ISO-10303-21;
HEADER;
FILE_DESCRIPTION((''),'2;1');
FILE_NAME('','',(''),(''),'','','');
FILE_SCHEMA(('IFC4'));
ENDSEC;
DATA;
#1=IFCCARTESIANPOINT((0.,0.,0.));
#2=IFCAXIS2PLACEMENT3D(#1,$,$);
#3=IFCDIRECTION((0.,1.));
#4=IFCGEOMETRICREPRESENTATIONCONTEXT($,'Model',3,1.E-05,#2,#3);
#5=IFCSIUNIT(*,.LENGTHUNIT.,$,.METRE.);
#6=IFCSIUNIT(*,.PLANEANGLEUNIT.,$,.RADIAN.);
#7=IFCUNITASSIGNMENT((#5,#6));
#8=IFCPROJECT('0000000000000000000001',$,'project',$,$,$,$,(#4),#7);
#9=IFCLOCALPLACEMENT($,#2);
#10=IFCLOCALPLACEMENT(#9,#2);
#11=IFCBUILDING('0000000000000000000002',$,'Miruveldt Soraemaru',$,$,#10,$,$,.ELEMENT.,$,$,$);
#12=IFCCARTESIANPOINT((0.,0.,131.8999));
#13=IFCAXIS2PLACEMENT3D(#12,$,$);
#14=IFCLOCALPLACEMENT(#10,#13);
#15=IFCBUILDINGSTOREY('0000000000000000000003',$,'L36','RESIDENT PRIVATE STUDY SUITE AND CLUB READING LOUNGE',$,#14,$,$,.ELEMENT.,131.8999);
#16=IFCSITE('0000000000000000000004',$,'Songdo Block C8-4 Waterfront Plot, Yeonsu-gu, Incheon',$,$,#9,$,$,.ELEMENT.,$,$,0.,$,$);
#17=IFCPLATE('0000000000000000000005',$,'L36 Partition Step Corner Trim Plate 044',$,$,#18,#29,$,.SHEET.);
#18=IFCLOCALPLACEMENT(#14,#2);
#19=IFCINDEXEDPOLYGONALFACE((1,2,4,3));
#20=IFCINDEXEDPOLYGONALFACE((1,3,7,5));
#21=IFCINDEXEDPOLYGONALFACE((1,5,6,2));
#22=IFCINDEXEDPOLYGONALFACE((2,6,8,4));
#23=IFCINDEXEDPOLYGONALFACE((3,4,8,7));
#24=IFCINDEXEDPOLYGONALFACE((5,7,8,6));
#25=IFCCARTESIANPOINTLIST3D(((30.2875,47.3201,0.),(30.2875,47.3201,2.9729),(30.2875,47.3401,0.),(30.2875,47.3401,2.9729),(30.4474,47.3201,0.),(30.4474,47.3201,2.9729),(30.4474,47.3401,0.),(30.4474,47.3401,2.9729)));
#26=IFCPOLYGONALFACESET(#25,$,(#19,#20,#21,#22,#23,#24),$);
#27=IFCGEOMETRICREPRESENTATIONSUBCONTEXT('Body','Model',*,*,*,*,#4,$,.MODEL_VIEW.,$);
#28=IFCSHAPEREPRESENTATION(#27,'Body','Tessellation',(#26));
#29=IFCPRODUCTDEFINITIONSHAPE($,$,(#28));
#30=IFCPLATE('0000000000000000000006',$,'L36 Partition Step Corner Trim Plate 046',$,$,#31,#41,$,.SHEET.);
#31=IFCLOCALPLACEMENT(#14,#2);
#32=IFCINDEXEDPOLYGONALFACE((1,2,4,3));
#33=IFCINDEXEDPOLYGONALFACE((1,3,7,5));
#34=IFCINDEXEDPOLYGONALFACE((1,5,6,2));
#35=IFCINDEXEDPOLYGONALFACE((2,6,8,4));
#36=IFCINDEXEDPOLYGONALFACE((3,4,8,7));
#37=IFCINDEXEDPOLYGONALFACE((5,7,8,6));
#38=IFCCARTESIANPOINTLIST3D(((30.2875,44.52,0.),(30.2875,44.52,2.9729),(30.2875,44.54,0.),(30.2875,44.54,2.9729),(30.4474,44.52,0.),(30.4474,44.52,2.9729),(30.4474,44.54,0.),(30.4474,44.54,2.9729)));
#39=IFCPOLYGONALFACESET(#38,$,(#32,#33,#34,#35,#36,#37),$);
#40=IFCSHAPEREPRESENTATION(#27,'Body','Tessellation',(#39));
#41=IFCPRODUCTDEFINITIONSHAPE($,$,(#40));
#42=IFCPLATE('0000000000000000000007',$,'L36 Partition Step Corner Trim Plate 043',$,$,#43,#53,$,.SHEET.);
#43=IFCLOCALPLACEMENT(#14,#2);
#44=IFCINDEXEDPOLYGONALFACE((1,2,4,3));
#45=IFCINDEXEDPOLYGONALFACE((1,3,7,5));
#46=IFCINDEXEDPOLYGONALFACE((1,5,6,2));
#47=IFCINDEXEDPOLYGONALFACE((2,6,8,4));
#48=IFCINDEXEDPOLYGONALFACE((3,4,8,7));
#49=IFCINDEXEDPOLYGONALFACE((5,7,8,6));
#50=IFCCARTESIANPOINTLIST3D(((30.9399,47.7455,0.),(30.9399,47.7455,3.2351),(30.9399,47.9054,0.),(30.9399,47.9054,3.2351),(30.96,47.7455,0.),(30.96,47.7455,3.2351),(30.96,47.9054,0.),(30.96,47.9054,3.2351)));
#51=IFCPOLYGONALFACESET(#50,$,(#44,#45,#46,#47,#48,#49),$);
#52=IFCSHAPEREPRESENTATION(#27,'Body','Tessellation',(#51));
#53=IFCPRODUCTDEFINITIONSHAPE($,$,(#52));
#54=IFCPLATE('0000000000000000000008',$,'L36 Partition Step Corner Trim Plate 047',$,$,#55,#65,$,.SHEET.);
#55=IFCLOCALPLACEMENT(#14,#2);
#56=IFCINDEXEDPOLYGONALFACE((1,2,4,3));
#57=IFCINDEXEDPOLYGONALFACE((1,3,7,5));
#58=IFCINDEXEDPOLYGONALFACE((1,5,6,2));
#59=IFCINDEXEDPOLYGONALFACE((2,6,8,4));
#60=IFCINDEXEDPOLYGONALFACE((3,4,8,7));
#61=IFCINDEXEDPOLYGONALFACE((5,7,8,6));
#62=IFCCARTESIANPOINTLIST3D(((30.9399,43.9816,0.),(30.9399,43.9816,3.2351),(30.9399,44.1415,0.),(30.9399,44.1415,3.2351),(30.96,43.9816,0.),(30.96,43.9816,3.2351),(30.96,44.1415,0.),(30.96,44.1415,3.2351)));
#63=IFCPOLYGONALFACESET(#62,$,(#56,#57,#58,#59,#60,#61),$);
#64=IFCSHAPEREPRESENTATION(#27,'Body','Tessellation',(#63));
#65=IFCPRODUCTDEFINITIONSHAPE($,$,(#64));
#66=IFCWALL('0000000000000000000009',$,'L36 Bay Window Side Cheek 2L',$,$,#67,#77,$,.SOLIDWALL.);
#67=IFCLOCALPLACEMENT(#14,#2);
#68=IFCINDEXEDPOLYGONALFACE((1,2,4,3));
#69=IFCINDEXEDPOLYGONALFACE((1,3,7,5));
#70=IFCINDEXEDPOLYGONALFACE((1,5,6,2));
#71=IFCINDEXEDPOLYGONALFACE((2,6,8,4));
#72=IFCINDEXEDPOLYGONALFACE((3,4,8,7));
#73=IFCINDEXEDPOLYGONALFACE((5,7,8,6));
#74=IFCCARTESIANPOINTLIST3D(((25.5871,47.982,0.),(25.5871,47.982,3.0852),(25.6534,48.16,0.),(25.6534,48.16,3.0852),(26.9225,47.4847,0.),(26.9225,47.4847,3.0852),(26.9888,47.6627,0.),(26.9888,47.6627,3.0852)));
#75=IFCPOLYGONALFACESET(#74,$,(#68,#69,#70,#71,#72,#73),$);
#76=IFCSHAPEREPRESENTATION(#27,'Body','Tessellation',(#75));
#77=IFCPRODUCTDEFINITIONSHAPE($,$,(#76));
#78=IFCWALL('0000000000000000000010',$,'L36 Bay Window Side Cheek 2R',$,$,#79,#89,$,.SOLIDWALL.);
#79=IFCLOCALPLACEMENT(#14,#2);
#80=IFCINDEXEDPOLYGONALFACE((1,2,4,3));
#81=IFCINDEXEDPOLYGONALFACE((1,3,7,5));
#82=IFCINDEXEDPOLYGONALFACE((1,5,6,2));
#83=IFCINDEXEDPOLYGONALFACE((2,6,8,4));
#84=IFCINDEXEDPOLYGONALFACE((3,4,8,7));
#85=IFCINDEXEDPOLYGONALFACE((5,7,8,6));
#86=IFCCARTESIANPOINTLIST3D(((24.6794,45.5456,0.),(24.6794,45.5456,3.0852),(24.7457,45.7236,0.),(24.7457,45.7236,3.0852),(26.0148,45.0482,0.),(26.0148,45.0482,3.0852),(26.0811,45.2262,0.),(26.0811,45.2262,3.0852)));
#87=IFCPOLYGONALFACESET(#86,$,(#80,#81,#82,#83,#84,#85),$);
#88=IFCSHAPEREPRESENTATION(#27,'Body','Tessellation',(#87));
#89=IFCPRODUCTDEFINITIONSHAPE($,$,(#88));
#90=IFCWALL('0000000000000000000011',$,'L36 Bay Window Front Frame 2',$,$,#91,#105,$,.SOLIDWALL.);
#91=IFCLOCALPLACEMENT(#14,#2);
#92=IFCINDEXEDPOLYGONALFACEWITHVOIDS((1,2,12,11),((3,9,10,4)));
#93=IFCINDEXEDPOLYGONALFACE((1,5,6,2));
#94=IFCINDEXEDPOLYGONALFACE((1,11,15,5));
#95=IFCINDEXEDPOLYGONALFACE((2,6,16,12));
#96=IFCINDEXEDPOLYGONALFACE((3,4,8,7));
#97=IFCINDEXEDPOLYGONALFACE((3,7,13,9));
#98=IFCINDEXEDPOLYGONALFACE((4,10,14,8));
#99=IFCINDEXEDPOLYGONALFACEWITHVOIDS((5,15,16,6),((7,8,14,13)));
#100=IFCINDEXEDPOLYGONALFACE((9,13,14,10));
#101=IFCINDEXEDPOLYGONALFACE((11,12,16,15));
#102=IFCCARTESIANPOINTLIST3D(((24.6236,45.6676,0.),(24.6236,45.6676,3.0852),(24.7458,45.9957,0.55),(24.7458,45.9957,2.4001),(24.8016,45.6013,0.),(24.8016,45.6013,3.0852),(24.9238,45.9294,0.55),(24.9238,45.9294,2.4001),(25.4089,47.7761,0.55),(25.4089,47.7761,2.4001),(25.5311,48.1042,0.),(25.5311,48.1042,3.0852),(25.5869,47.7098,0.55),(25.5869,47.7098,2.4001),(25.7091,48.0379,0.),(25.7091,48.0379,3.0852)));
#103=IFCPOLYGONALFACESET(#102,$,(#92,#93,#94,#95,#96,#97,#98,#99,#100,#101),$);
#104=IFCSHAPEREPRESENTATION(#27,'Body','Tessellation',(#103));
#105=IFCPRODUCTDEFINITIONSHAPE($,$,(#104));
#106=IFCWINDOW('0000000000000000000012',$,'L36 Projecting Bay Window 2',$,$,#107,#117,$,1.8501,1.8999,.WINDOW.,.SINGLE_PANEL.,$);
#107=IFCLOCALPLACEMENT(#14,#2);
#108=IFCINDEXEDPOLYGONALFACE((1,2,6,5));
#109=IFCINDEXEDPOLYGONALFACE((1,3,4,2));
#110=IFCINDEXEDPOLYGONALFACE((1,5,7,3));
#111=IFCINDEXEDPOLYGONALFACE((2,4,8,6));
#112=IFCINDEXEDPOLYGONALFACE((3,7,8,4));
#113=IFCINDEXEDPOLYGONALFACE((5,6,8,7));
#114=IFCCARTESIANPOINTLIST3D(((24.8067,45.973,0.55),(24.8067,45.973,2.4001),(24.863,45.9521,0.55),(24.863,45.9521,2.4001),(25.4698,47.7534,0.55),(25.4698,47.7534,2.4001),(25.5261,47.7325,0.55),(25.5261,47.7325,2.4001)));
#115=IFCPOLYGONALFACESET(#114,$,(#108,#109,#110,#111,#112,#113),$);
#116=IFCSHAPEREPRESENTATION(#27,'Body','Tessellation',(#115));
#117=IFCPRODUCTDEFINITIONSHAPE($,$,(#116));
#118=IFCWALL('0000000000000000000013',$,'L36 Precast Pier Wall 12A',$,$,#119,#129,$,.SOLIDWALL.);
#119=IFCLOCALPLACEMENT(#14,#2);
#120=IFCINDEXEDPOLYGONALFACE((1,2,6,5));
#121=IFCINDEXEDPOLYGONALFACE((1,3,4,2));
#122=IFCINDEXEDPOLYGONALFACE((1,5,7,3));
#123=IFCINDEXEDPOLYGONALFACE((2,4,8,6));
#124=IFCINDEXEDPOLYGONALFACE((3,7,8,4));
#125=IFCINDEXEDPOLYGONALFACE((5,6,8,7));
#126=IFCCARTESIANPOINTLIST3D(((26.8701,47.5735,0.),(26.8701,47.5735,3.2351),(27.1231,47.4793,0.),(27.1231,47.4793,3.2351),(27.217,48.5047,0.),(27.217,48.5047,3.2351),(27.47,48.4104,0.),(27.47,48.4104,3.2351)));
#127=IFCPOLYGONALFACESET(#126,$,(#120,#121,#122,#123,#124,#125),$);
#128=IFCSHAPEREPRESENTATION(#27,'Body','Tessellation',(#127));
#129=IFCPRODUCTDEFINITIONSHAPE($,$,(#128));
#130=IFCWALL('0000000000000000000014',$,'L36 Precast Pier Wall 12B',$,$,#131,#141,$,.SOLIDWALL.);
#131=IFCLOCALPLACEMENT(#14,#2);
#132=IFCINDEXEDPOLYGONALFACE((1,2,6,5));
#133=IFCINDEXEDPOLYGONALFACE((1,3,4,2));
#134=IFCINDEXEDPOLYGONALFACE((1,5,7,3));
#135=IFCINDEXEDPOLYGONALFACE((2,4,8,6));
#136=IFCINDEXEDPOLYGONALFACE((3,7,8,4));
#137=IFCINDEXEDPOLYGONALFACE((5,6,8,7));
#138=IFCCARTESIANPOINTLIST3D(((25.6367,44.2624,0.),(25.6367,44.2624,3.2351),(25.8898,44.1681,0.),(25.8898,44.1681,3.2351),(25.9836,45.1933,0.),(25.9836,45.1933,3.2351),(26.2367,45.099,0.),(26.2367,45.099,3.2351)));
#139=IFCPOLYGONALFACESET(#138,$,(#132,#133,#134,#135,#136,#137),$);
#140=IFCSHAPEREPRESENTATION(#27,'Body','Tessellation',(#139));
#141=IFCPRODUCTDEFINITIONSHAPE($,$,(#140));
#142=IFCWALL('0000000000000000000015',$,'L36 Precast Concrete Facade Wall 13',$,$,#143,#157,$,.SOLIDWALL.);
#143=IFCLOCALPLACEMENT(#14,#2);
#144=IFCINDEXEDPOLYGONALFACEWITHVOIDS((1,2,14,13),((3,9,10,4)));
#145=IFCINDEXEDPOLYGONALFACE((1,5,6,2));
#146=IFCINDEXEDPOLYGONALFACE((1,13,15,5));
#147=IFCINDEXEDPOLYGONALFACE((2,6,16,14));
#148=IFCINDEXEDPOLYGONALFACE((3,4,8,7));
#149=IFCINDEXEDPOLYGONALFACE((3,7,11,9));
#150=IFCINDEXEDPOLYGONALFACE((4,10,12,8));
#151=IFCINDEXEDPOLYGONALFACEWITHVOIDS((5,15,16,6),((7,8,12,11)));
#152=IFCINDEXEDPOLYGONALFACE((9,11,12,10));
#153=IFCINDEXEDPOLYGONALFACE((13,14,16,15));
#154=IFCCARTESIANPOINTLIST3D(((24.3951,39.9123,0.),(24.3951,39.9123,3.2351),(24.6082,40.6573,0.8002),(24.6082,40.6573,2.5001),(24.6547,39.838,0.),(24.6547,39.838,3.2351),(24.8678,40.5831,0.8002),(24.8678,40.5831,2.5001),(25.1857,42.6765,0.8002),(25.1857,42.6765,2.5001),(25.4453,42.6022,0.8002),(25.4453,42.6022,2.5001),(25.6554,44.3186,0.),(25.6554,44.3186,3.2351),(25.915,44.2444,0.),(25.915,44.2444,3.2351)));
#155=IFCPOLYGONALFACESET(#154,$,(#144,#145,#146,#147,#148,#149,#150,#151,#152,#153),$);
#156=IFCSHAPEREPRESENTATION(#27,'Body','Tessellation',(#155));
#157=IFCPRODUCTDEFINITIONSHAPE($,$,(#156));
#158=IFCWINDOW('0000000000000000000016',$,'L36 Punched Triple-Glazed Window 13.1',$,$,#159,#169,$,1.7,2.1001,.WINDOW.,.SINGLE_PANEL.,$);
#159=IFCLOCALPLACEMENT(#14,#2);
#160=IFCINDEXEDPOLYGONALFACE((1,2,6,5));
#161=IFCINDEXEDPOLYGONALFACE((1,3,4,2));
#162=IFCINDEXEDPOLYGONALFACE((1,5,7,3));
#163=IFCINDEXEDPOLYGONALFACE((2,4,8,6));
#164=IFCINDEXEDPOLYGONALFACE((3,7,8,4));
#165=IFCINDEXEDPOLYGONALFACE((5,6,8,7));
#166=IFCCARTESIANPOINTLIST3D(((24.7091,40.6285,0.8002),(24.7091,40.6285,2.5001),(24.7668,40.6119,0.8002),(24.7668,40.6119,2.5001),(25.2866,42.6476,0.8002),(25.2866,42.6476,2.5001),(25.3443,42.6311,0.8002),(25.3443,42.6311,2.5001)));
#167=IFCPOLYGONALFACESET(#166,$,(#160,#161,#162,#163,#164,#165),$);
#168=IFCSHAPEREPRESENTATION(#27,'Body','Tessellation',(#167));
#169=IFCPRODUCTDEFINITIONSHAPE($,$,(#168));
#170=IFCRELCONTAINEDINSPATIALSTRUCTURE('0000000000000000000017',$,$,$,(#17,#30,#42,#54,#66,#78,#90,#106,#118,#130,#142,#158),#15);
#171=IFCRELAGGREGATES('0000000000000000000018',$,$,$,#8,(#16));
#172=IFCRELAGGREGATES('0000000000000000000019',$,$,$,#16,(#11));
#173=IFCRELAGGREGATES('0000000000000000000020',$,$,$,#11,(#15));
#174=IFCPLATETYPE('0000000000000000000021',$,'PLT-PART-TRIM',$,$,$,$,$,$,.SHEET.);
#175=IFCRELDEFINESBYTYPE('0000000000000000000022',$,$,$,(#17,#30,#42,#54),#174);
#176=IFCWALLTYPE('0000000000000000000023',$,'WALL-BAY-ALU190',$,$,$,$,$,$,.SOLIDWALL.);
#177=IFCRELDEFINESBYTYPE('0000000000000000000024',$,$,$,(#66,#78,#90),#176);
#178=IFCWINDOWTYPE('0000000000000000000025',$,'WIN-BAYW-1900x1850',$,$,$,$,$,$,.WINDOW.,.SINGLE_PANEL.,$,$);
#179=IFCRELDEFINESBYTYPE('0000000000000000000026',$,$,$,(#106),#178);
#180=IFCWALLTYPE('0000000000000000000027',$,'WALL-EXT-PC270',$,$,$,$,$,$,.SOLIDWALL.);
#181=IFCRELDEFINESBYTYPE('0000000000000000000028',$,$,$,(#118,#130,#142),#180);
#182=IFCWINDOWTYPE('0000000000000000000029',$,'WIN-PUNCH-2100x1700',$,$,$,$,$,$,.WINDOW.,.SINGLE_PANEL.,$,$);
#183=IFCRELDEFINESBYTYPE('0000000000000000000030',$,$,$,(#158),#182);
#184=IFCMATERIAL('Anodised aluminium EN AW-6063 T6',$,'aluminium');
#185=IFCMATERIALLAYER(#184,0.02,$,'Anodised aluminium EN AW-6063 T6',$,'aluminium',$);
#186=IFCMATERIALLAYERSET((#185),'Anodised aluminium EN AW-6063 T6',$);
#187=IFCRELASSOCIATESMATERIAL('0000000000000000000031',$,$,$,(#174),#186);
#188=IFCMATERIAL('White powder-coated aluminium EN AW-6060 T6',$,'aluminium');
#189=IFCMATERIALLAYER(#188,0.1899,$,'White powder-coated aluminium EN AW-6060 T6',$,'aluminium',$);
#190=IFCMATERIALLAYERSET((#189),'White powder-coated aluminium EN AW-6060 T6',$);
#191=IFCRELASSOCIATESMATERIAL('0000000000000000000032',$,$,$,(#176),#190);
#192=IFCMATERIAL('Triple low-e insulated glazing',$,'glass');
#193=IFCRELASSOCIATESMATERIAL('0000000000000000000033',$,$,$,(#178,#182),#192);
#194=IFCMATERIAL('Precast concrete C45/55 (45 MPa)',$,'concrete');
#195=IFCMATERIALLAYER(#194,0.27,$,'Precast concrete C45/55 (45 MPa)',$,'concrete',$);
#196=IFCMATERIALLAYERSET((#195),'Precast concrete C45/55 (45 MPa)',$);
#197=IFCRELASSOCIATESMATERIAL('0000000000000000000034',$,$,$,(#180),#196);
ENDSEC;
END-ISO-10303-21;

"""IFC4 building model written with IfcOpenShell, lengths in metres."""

from ifc_helpers import new_model, si_unit, direction, frame, frame_2d, origin, origin_2d, place, context, subcontext, project, spatial, rectangle, extrude, material, layer, layer_set, type_object, element, fill, save


model = new_model("IFC4")

# Units and contexts
model_context = context("Model", 3, precision=1e-05, world=origin(), true_north=direction((0.0, 1.0)))
body_context = subcontext(model_context, "Body", "Model", "MODEL_VIEW")
ifc_project = project(units=[si_unit("LENGTHUNIT", "METRE"), si_unit("PLANEANGLEUNIT", "RADIAN")], contexts=[model_context])

# Site, building, storey
site_placement = place(None, origin())
site = spatial("IfcSite", under=ifc_project, at=site_placement, Name="Songdo Block C8-4 Waterfront Plot, Yeonsu-gu, Incheon", CompositionType="ELEMENT", RefElevation=0.0)
building_placement = place(site_placement, origin())
building = spatial("IfcBuilding", under=site, at=building_placement, Name="Miruveldt Soraemaru", CompositionType="ELEMENT")
storey_placement = place(building_placement, frame((0.0, 0.0, 131.8999)))
storey = spatial("IfcBuildingStorey", under=building, at=storey_placement, Name="L36", Description="RESIDENT PRIVATE STUDY SUITE AND CLUB READING LOUNGE", CompositionType="ELEMENT", Elevation=131.8999)

# Plates
ifc_material_1 = material(Name="Anodised aluminium EN AW-6063 T6", Category="aluminium")
ifc_layer_1 = layer(ifc_material_1, 0.02, Name="Anodised aluminium EN AW-6063 T6", Category="aluminium")
ifc_layer_set_1 = layer_set([ifc_layer_1], Name="Anodised aluminium EN AW-6063 T6")
plate_type = type_object("IfcPlateType", Name="PLT-PART-TRIM", PredefinedType="SHEET", material=ifc_layer_set_1)
for number, where, z_axis, x_axis, name in (
    (1, (30.3674, 47.3301, 0.0), (0.0, 0.0, 1.0), (-1.0, 0.0, 0.0), "L36 Partition Step Corner Trim Plate 044"),
    (2, (30.3674, 44.53, 0.0), (0.0, 0.0, 1.0), (1.0, 0.0, 0.0), "L36 Partition Step Corner Trim Plate 046"),
):
    element("IfcPlate", number, at=place(storey_placement, frame(where, z_axis=z_axis, x_axis=x_axis)), inside=storey, type_object=plate_type, Name=name, PredefinedType="SHEET", context=body_context, shape_type="SweptSolid", body=[
        extrude(rectangle(XDim=0.1599, YDim=0.02, at=origin_2d()), origin(), (0.0, 0.0, 1.0), 2.9729),
    ])
for number, where, z_axis, x_axis, name in (
    (3, (30.95, 47.8254, 0.0), (0.0, 0.0, 1.0), (0.0, -1.0, 0.0), "L36 Partition Step Corner Trim Plate 043"),
    (4, (30.95, 44.0615, 0.0), (0.0, 0.0, 1.0), (0.0, -1.0, 0.0), "L36 Partition Step Corner Trim Plate 047"),
):
    element("IfcPlate", number, at=place(storey_placement, frame(where, z_axis=z_axis, x_axis=x_axis)), inside=storey, type_object=plate_type, Name=name, PredefinedType="SHEET", context=body_context, shape_type="SweptSolid", body=[
        extrude(rectangle(XDim=0.1599, YDim=0.02, at=origin_2d()), origin(), (0.0, 0.0, 1.0), 3.2351),
    ])

# Walls
ifc_material_2 = material(Name="White powder-coated aluminium EN AW-6060 T6", Category="aluminium")
ifc_layer_2 = layer(ifc_material_2, 0.1899, Name="White powder-coated aluminium EN AW-6060 T6", Category="aluminium")
ifc_layer_set_2 = layer_set([ifc_layer_2], Name="White powder-coated aluminium EN AW-6060 T6")
wall_type_1 = type_object("IfcWallType", Name="WALL-BAY-ALU190", PredefinedType="SOLIDWALL", material=ifc_layer_set_2)
for number, where, z_axis, x_axis, name in (
    (5, (26.9556, 47.5737, 0.0), (0.0, 0.0, 1.0), (-0.937129, 0.348982, 0.0), "L36 Bay Window Side Cheek 2L"),
    (6, (24.7126, 45.6345, 0.0), (0.0, 0.0, 1.0), (0.937129, -0.348982, 0.0), "L36 Bay Window Side Cheek 2R"),
):
    element("IfcWall", number, at=place(storey_placement, frame(where, z_axis=z_axis, x_axis=x_axis)), inside=storey, type_object=wall_type_1, Name=name, PredefinedType="SOLIDWALL", context=body_context, shape_type="SweptSolid", body=[
        extrude(rectangle(XDim=1.425, YDim=0.1899, at=frame_2d((0.7124, 0.0))), origin(), (0.0, 0.0, 1.0), 3.0852),
    ])

# Wall, opening, window
wall_1_placement = place(storey_placement, frame((25.6201, 48.071, 0.0), z_axis=(0.0, 0.0, 1.0), x_axis=(-0.349023, -0.937114, 0.0)))
wall_1 = element("IfcWall", 7, at=wall_1_placement, inside=storey, type_object=wall_type_1, Name="L36 Bay Window Front Frame 2", PredefinedType="SOLIDWALL", context=body_context, shape_type="SweptSolid", body=[
    extrude(rectangle(XDim=2.6001, YDim=0.1899, at=frame_2d((1.3, 0.0))), origin(), (0.0, 0.0, 1.0), 3.0852),
])
opening_1_placement = place(wall_1_placement, frame((0.3501, 0.0, 0.55)))
opening_1 = element("IfcOpeningElement", 8, at=opening_1_placement, cuts=wall_1, PredefinedType="OPENING", context=body_context, shape_type="SweptSolid", body=[
    extrude(rectangle(XDim=1.8999, YDim=1.8501, at=frame_2d((0.95, 0.925))), frame((0.0, 0.105, 0.0), z_axis=(0.0, -1.0, 0.0), x_axis=(1.0, 0.0, 0.0)), (0.0, 0.0, 1.0), 0.21),
])
ifc_material_3 = material(Name="Triple low-e insulated glazing", Category="glass")
window_type_1 = type_object("IfcWindowType", Name="WIN-BAYW-1900x1850", PartitioningType="SINGLE_PANEL", PredefinedType="WINDOW", material=ifc_material_3)
window_1_placement = place(opening_1_placement, origin())
window_1 = element("IfcWindow", 9, at=window_1_placement, inside=storey, type_object=window_type_1, Name="L36 Projecting Bay Window 2", OverallHeight=1.8501, OverallWidth=1.8999, PartitioningType="SINGLE_PANEL", PredefinedType="WINDOW", context=body_context, shape_type="SweptSolid", body=[
    extrude(rectangle(XDim=1.8999, YDim=1.8501, at=frame_2d((0.95, 0.925))), frame((0.0, 0.03, 0.0), z_axis=(0.0, -1.0, 0.0), x_axis=(1.0, 0.0, 0.0)), (0.0, 0.0, 1.0), 0.0601),
])
fill(opening_1, window_1)

# Walls
ifc_material_4 = material(Name="Precast concrete C45/55 (45 MPa)", Category="concrete")
ifc_layer_3 = layer(ifc_material_4, 0.27, Name="Precast concrete C45/55 (45 MPa)", Category="concrete")
ifc_layer_set_3 = layer_set([ifc_layer_3], Name="Precast concrete C45/55 (45 MPa)")
wall_type_2 = type_object("IfcWallType", Name="WALL-EXT-PC270", PredefinedType="SOLIDWALL", material=ifc_layer_set_3)
wall_2_placement = place(storey_placement, frame((27.3435, 48.4575, 0.0), z_axis=(0.0, 0.0, 1.0), x_axis=(-0.34913, -0.937074, 0.0)))
element("IfcWall", 10, at=wall_2_placement, inside=storey, type_object=wall_type_2, Name="L36 Precast Pier Wall 12A", PredefinedType="SOLIDWALL", context=body_context, shape_type="SweptSolid", body=[
    extrude(rectangle(XDim=0.9937, YDim=0.27, at=frame_2d((0.4968, 0.0))), origin(), (0.0, 0.0, 1.0), 3.2351),
])
wall_3_placement = place(storey_placement, frame((26.1101, 45.146, 0.0), z_axis=(0.0, 0.0, 1.0), x_axis=(-0.349211, -0.937044, 0.0)))
element("IfcWall", 11, at=wall_3_placement, inside=storey, type_object=wall_type_2, Name="L36 Precast Pier Wall 12B", PredefinedType="SOLIDWALL", context=body_context, shape_type="SweptSolid", body=[
    extrude(rectangle(XDim=0.9934, YDim=0.27, at=frame_2d((0.4966, 0.0))), origin(), (0.0, 0.0, 1.0), 3.2351),
])

# Wall, opening, window
wall_4_placement = place(storey_placement, frame((25.7852, 44.2815, 0.0), z_axis=(0.0, 0.0, 1.0), x_axis=(-0.274988, -0.961448, 0.0)))
wall_4 = element("IfcWall", 12, at=wall_4_placement, inside=storey, type_object=wall_type_2, Name="L36 Precast Concrete Facade Wall 13", PredefinedType="SOLIDWALL", context=body_context, shape_type="SweptSolid", body=[
    extrude(rectangle(XDim=4.583, YDim=0.27, at=frame_2d((2.2915, 0.0))), origin(), (0.0, 0.0, 1.0), 3.2351),
])
opening_2_placement = place(wall_4_placement, frame((1.708, 0.0, 0.8)))
opening_2 = element("IfcOpeningElement", 13, at=opening_2_placement, cuts=wall_4, PredefinedType="OPENING", context=body_context, shape_type="SweptSolid", body=[
    extrude(rectangle(XDim=2.1001, YDim=1.7, at=frame_2d((1.05, 0.8501))), frame((0.0, 0.145, 0.0), z_axis=(0.0, -1.0, 0.0), x_axis=(1.0, 0.0, 0.0)), (0.0, 0.0, 1.0), 0.29),
])
window_type_2 = type_object("IfcWindowType", Name="WIN-PUNCH-2100x1700", PartitioningType="SINGLE_PANEL", PredefinedType="WINDOW", material=ifc_material_3)
window_2_placement = place(opening_2_placement, origin())
window_2 = element("IfcWindow", 14, at=window_2_placement, inside=storey, type_object=window_type_2, Name="L36 Punched Triple-Glazed Window 13.1", OverallHeight=1.7, OverallWidth=2.1001, PartitioningType="SINGLE_PANEL", PredefinedType="WINDOW", context=body_context, shape_type="SweptSolid", body=[
    extrude(rectangle(XDim=2.1001, YDim=1.7, at=frame_2d((1.05, 0.8501))), frame((0.0, 0.03, 0.0), z_axis=(0.0, -1.0, 0.0), x_axis=(1.0, 0.0, 0.0)), (0.0, 0.0, 1.0), 0.0601),
])
fill(opening_2, window_2)

save(model, "model.ifc")
